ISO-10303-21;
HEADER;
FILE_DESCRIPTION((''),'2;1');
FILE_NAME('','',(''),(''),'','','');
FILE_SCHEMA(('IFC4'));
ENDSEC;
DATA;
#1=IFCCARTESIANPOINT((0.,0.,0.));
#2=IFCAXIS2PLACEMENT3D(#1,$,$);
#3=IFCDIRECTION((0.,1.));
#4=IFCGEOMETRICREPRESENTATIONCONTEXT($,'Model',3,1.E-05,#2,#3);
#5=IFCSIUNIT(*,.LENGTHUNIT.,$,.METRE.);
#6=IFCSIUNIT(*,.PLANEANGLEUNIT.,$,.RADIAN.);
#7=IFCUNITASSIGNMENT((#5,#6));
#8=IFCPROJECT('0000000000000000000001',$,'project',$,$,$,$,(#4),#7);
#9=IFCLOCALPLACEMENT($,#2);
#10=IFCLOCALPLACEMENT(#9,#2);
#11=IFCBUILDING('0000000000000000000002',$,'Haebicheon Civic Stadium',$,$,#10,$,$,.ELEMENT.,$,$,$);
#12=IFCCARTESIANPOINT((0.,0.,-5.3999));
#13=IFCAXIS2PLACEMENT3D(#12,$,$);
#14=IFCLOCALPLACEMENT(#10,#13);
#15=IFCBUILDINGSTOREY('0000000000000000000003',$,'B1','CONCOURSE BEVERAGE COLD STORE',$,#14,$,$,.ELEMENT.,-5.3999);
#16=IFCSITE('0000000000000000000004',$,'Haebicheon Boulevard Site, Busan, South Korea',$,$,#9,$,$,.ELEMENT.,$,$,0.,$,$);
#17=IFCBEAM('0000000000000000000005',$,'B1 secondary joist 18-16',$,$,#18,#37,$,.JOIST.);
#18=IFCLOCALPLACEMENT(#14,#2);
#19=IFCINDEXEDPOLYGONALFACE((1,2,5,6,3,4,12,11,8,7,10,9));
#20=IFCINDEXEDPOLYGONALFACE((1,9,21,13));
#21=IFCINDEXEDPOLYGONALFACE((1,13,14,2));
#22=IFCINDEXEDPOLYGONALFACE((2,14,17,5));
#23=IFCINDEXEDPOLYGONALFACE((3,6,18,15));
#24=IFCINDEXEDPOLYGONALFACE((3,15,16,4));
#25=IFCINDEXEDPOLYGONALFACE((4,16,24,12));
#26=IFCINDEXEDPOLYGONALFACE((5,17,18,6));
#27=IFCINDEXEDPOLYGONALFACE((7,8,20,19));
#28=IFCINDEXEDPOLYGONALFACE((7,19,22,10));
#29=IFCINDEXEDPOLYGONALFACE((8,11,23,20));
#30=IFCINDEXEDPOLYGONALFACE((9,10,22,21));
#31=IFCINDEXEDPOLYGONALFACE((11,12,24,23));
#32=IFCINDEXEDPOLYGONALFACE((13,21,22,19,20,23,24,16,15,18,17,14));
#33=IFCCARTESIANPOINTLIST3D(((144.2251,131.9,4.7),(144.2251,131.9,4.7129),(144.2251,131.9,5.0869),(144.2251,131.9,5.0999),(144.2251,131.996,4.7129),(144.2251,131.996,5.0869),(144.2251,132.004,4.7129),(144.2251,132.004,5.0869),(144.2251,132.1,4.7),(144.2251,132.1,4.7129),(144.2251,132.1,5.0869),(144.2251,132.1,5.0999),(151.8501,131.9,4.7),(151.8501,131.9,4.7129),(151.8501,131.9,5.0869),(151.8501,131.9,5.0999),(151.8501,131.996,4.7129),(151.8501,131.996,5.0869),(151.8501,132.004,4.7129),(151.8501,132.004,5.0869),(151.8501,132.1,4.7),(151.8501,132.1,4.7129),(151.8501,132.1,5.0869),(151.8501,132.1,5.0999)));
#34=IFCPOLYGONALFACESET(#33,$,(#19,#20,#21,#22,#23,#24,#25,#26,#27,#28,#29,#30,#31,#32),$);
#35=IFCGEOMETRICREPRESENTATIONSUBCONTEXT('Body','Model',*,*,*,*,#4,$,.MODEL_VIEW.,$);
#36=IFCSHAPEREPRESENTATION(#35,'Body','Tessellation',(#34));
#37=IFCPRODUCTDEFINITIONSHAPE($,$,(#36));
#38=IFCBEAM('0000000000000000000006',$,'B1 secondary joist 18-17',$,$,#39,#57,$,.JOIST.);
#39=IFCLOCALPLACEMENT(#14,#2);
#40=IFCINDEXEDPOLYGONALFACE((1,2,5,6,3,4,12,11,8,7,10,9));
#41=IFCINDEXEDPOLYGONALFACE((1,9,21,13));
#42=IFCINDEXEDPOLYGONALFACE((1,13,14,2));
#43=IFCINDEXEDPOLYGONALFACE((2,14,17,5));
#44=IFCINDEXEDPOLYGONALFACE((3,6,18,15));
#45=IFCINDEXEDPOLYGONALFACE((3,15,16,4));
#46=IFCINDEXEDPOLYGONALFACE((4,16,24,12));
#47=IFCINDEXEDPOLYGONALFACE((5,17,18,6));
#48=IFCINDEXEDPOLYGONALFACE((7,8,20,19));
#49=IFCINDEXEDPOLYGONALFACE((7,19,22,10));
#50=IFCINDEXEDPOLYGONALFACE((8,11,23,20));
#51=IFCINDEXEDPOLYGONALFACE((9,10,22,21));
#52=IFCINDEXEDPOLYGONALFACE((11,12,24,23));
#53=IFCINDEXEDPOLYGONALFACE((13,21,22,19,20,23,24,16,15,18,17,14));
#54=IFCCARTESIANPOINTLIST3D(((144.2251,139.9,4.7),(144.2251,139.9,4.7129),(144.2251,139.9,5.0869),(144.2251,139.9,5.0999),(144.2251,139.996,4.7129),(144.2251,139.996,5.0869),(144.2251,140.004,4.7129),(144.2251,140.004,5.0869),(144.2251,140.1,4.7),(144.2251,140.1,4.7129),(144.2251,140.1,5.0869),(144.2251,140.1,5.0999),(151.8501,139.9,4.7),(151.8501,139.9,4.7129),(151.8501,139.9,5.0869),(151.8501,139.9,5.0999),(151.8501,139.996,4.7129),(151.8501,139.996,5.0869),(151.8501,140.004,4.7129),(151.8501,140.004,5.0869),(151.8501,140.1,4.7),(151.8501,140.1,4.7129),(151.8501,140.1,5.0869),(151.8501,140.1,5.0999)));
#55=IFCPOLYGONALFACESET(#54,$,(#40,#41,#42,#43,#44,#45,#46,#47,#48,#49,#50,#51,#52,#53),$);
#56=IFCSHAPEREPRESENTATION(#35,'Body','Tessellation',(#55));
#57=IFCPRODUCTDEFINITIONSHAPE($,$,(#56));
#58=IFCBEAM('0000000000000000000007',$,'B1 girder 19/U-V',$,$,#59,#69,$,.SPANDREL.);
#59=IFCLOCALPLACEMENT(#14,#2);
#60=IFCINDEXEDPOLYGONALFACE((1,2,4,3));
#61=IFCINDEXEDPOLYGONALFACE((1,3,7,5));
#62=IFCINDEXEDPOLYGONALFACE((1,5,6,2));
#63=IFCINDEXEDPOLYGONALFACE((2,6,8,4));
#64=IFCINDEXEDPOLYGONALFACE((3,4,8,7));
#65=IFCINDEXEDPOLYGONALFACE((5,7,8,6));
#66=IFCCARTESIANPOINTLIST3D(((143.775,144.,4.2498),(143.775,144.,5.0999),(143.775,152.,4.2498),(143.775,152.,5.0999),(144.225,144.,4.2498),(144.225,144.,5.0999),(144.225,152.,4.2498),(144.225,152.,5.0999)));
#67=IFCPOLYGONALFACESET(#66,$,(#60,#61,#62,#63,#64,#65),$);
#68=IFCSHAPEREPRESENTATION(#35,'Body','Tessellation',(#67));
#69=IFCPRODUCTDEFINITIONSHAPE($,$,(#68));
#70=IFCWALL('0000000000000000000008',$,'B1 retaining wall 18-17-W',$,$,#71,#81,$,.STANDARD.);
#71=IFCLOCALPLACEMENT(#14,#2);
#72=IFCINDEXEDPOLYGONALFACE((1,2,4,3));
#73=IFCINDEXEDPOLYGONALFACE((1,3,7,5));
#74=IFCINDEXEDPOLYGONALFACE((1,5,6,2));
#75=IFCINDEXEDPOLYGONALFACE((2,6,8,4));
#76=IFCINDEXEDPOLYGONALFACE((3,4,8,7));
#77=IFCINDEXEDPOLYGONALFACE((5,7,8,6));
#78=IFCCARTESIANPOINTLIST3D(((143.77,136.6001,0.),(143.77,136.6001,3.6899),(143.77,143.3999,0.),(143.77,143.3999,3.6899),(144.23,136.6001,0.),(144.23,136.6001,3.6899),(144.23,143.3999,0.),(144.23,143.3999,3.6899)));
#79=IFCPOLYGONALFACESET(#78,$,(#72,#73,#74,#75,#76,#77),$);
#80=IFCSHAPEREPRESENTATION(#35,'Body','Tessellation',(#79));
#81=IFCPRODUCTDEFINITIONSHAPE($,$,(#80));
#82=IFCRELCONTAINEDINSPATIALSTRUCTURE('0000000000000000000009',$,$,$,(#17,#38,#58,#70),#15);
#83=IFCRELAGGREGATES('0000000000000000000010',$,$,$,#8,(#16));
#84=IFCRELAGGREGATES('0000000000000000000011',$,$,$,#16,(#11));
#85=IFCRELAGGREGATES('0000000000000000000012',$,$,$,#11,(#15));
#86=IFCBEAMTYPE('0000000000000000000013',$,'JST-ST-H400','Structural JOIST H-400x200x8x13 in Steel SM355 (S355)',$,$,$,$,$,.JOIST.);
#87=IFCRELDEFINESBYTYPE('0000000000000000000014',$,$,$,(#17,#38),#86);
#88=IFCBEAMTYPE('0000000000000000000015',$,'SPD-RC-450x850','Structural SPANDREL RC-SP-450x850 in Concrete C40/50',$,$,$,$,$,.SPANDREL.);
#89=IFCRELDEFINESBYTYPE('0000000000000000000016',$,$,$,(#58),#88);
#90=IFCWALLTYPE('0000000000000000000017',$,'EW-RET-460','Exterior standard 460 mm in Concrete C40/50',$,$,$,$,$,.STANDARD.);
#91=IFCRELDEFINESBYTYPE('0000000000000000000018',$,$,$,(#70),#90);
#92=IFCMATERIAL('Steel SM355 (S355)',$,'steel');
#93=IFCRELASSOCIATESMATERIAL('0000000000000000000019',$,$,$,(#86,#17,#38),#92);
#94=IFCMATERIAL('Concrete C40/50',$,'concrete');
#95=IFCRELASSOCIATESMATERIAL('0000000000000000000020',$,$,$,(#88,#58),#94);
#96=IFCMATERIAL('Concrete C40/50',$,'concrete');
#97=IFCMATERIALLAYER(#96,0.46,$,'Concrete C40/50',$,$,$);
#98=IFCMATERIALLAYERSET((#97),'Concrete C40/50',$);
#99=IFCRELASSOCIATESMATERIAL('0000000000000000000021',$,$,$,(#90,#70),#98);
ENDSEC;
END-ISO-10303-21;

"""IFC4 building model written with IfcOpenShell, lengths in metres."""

from ifc_helpers import new_model, si_unit, direction, frame, frame_2d, origin, origin_2d, place, context, subcontext, project, spatial, rectangle, i_section, extrude, material, layer, layer_set, material_profile, profile_set, type_object, element, save


model = new_model("IFC4")

# Units and contexts
model_context = context("Model", 3, precision=1e-05, world=origin(), true_north=direction((0.0, 1.0)))
body_context = subcontext(model_context, "Body", "Model", "MODEL_VIEW")
ifc_project = project(units=[si_unit("LENGTHUNIT", "METRE"), si_unit("PLANEANGLEUNIT", "RADIAN")], contexts=[model_context])

# Site, building, storey
site_placement = place(None, origin())
site = spatial("IfcSite", under=ifc_project, at=site_placement, Name="Haebicheon Boulevard Site, Busan, South Korea", CompositionType="ELEMENT", RefElevation=0.0)
building_placement = place(site_placement, origin())
building = spatial("IfcBuilding", under=site, at=building_placement, Name="Haebicheon Civic Stadium", CompositionType="ELEMENT")
storey_placement = place(building_placement, frame((0.0, 0.0, -5.3999)))
storey = spatial("IfcBuildingStorey", under=building, at=storey_placement, Name="B1", Description="CONCOURSE BEVERAGE COLD STORE", CompositionType="ELEMENT", Elevation=-5.3999)

# Beams
ifc_material_1 = material(Name="Steel SM355 (S355)", Category="steel")
ifc_material_profile_1 = material_profile(ifc_material_1, i_section(OverallWidth=0.2, OverallDepth=0.3999, WebThickness=0.0081, FlangeThickness=0.0129, at=origin_2d()), Name="H-400x200x8x13")
ifc_profile_set_1 = profile_set([ifc_material_profile_1], Name="Steel SM355 (S355)")
beam_type_1 = type_object("IfcBeamType", Name="JST-ST-H400", Description="Structural JOIST H-400x200x8x13 in Steel SM355 (S355)", PredefinedType="JOIST", material=ifc_profile_set_1)
for number, where, z_axis, x_axis, name in (
    (1, (144.2251, 132.0, 4.8999), (1.0, 0.0, 0.0), (0.0, 1.0, 0.0), "B1 secondary joist 18-16"),
    (2, (144.2251, 140.0, 4.8999), (1.0, 0.0, 0.0), (0.0, 1.0, 0.0), "B1 secondary joist 18-17"),
):
    element("IfcBeam", number, at=place(storey_placement, frame(where, z_axis=z_axis, x_axis=x_axis)), inside=storey, type_object=beam_type_1, material=ifc_profile_set_1, Name=name, PredefinedType="JOIST", context=body_context, shape_type="SweptSolid", body=[
        extrude(i_section(OverallWidth=0.2, OverallDepth=0.3999, WebThickness=0.0081, FlangeThickness=0.0129, at=origin_2d()), origin(), (0.0, 0.0, 1.0), 7.625),
    ])
ifc_material_2 = material(Name="Concrete C40/50", Category="concrete")
ifc_material_profile_2 = material_profile(ifc_material_2, rectangle(XDim=0.45, YDim=0.8501, at=origin_2d()), Name="RC-SP-450x850")
ifc_profile_set_2 = profile_set([ifc_material_profile_2], Name="Concrete C40/50")
beam_type_2 = type_object("IfcBeamType", Name="SPD-RC-450x850", Description="Structural SPANDREL RC-SP-450x850 in Concrete C40/50", PredefinedType="SPANDREL", material=ifc_profile_set_2)
beam_1_placement = place(storey_placement, frame((144.0, 144.0, 4.6748), z_axis=(0.0, 1.0, 0.0), x_axis=(-1.0, 0.0, 0.0)))
element("IfcBeam", 3, at=beam_1_placement, inside=storey, type_object=beam_type_2, material=ifc_profile_set_2, Name="B1 girder 19/U-V", PredefinedType="SPANDREL", context=body_context, shape_type="SweptSolid", body=[
    extrude(rectangle(XDim=0.45, YDim=0.8501, at=origin_2d()), origin(), (0.0, 0.0, 1.0), 8.0),
])

# Wall
ifc_material_3 = material(Name="Concrete C40/50", Category="concrete")
ifc_layer_1 = layer(ifc_material_3, 0.46, Name="Concrete C40/50")
ifc_layer_set_1 = layer_set([ifc_layer_1], Name="Concrete C40/50")
wall_type = type_object("IfcWallType", Name="EW-RET-460", Description="Exterior standard 460 mm in Concrete C40/50", PredefinedType="STANDARD", material=ifc_layer_set_1)
wall_placement = place(storey_placement, frame((144.0, 136.6001, 0.0), z_axis=(0.0, 0.0, 1.0), x_axis=(0.0, 1.0, 0.0)))
element("IfcWall", 4, at=wall_placement, inside=storey, type_object=wall_type, material=ifc_layer_set_1, Name="B1 retaining wall 18-17-W", PredefinedType="STANDARD", context=body_context, shape_type="SweptSolid", body=[
    extrude(rectangle(XDim=6.7998, YDim=0.46, at=frame_2d((3.3999, 0.0))), origin(), (0.0, 0.0, 1.0), 3.6899),
])

save(model, "model.ifc")
